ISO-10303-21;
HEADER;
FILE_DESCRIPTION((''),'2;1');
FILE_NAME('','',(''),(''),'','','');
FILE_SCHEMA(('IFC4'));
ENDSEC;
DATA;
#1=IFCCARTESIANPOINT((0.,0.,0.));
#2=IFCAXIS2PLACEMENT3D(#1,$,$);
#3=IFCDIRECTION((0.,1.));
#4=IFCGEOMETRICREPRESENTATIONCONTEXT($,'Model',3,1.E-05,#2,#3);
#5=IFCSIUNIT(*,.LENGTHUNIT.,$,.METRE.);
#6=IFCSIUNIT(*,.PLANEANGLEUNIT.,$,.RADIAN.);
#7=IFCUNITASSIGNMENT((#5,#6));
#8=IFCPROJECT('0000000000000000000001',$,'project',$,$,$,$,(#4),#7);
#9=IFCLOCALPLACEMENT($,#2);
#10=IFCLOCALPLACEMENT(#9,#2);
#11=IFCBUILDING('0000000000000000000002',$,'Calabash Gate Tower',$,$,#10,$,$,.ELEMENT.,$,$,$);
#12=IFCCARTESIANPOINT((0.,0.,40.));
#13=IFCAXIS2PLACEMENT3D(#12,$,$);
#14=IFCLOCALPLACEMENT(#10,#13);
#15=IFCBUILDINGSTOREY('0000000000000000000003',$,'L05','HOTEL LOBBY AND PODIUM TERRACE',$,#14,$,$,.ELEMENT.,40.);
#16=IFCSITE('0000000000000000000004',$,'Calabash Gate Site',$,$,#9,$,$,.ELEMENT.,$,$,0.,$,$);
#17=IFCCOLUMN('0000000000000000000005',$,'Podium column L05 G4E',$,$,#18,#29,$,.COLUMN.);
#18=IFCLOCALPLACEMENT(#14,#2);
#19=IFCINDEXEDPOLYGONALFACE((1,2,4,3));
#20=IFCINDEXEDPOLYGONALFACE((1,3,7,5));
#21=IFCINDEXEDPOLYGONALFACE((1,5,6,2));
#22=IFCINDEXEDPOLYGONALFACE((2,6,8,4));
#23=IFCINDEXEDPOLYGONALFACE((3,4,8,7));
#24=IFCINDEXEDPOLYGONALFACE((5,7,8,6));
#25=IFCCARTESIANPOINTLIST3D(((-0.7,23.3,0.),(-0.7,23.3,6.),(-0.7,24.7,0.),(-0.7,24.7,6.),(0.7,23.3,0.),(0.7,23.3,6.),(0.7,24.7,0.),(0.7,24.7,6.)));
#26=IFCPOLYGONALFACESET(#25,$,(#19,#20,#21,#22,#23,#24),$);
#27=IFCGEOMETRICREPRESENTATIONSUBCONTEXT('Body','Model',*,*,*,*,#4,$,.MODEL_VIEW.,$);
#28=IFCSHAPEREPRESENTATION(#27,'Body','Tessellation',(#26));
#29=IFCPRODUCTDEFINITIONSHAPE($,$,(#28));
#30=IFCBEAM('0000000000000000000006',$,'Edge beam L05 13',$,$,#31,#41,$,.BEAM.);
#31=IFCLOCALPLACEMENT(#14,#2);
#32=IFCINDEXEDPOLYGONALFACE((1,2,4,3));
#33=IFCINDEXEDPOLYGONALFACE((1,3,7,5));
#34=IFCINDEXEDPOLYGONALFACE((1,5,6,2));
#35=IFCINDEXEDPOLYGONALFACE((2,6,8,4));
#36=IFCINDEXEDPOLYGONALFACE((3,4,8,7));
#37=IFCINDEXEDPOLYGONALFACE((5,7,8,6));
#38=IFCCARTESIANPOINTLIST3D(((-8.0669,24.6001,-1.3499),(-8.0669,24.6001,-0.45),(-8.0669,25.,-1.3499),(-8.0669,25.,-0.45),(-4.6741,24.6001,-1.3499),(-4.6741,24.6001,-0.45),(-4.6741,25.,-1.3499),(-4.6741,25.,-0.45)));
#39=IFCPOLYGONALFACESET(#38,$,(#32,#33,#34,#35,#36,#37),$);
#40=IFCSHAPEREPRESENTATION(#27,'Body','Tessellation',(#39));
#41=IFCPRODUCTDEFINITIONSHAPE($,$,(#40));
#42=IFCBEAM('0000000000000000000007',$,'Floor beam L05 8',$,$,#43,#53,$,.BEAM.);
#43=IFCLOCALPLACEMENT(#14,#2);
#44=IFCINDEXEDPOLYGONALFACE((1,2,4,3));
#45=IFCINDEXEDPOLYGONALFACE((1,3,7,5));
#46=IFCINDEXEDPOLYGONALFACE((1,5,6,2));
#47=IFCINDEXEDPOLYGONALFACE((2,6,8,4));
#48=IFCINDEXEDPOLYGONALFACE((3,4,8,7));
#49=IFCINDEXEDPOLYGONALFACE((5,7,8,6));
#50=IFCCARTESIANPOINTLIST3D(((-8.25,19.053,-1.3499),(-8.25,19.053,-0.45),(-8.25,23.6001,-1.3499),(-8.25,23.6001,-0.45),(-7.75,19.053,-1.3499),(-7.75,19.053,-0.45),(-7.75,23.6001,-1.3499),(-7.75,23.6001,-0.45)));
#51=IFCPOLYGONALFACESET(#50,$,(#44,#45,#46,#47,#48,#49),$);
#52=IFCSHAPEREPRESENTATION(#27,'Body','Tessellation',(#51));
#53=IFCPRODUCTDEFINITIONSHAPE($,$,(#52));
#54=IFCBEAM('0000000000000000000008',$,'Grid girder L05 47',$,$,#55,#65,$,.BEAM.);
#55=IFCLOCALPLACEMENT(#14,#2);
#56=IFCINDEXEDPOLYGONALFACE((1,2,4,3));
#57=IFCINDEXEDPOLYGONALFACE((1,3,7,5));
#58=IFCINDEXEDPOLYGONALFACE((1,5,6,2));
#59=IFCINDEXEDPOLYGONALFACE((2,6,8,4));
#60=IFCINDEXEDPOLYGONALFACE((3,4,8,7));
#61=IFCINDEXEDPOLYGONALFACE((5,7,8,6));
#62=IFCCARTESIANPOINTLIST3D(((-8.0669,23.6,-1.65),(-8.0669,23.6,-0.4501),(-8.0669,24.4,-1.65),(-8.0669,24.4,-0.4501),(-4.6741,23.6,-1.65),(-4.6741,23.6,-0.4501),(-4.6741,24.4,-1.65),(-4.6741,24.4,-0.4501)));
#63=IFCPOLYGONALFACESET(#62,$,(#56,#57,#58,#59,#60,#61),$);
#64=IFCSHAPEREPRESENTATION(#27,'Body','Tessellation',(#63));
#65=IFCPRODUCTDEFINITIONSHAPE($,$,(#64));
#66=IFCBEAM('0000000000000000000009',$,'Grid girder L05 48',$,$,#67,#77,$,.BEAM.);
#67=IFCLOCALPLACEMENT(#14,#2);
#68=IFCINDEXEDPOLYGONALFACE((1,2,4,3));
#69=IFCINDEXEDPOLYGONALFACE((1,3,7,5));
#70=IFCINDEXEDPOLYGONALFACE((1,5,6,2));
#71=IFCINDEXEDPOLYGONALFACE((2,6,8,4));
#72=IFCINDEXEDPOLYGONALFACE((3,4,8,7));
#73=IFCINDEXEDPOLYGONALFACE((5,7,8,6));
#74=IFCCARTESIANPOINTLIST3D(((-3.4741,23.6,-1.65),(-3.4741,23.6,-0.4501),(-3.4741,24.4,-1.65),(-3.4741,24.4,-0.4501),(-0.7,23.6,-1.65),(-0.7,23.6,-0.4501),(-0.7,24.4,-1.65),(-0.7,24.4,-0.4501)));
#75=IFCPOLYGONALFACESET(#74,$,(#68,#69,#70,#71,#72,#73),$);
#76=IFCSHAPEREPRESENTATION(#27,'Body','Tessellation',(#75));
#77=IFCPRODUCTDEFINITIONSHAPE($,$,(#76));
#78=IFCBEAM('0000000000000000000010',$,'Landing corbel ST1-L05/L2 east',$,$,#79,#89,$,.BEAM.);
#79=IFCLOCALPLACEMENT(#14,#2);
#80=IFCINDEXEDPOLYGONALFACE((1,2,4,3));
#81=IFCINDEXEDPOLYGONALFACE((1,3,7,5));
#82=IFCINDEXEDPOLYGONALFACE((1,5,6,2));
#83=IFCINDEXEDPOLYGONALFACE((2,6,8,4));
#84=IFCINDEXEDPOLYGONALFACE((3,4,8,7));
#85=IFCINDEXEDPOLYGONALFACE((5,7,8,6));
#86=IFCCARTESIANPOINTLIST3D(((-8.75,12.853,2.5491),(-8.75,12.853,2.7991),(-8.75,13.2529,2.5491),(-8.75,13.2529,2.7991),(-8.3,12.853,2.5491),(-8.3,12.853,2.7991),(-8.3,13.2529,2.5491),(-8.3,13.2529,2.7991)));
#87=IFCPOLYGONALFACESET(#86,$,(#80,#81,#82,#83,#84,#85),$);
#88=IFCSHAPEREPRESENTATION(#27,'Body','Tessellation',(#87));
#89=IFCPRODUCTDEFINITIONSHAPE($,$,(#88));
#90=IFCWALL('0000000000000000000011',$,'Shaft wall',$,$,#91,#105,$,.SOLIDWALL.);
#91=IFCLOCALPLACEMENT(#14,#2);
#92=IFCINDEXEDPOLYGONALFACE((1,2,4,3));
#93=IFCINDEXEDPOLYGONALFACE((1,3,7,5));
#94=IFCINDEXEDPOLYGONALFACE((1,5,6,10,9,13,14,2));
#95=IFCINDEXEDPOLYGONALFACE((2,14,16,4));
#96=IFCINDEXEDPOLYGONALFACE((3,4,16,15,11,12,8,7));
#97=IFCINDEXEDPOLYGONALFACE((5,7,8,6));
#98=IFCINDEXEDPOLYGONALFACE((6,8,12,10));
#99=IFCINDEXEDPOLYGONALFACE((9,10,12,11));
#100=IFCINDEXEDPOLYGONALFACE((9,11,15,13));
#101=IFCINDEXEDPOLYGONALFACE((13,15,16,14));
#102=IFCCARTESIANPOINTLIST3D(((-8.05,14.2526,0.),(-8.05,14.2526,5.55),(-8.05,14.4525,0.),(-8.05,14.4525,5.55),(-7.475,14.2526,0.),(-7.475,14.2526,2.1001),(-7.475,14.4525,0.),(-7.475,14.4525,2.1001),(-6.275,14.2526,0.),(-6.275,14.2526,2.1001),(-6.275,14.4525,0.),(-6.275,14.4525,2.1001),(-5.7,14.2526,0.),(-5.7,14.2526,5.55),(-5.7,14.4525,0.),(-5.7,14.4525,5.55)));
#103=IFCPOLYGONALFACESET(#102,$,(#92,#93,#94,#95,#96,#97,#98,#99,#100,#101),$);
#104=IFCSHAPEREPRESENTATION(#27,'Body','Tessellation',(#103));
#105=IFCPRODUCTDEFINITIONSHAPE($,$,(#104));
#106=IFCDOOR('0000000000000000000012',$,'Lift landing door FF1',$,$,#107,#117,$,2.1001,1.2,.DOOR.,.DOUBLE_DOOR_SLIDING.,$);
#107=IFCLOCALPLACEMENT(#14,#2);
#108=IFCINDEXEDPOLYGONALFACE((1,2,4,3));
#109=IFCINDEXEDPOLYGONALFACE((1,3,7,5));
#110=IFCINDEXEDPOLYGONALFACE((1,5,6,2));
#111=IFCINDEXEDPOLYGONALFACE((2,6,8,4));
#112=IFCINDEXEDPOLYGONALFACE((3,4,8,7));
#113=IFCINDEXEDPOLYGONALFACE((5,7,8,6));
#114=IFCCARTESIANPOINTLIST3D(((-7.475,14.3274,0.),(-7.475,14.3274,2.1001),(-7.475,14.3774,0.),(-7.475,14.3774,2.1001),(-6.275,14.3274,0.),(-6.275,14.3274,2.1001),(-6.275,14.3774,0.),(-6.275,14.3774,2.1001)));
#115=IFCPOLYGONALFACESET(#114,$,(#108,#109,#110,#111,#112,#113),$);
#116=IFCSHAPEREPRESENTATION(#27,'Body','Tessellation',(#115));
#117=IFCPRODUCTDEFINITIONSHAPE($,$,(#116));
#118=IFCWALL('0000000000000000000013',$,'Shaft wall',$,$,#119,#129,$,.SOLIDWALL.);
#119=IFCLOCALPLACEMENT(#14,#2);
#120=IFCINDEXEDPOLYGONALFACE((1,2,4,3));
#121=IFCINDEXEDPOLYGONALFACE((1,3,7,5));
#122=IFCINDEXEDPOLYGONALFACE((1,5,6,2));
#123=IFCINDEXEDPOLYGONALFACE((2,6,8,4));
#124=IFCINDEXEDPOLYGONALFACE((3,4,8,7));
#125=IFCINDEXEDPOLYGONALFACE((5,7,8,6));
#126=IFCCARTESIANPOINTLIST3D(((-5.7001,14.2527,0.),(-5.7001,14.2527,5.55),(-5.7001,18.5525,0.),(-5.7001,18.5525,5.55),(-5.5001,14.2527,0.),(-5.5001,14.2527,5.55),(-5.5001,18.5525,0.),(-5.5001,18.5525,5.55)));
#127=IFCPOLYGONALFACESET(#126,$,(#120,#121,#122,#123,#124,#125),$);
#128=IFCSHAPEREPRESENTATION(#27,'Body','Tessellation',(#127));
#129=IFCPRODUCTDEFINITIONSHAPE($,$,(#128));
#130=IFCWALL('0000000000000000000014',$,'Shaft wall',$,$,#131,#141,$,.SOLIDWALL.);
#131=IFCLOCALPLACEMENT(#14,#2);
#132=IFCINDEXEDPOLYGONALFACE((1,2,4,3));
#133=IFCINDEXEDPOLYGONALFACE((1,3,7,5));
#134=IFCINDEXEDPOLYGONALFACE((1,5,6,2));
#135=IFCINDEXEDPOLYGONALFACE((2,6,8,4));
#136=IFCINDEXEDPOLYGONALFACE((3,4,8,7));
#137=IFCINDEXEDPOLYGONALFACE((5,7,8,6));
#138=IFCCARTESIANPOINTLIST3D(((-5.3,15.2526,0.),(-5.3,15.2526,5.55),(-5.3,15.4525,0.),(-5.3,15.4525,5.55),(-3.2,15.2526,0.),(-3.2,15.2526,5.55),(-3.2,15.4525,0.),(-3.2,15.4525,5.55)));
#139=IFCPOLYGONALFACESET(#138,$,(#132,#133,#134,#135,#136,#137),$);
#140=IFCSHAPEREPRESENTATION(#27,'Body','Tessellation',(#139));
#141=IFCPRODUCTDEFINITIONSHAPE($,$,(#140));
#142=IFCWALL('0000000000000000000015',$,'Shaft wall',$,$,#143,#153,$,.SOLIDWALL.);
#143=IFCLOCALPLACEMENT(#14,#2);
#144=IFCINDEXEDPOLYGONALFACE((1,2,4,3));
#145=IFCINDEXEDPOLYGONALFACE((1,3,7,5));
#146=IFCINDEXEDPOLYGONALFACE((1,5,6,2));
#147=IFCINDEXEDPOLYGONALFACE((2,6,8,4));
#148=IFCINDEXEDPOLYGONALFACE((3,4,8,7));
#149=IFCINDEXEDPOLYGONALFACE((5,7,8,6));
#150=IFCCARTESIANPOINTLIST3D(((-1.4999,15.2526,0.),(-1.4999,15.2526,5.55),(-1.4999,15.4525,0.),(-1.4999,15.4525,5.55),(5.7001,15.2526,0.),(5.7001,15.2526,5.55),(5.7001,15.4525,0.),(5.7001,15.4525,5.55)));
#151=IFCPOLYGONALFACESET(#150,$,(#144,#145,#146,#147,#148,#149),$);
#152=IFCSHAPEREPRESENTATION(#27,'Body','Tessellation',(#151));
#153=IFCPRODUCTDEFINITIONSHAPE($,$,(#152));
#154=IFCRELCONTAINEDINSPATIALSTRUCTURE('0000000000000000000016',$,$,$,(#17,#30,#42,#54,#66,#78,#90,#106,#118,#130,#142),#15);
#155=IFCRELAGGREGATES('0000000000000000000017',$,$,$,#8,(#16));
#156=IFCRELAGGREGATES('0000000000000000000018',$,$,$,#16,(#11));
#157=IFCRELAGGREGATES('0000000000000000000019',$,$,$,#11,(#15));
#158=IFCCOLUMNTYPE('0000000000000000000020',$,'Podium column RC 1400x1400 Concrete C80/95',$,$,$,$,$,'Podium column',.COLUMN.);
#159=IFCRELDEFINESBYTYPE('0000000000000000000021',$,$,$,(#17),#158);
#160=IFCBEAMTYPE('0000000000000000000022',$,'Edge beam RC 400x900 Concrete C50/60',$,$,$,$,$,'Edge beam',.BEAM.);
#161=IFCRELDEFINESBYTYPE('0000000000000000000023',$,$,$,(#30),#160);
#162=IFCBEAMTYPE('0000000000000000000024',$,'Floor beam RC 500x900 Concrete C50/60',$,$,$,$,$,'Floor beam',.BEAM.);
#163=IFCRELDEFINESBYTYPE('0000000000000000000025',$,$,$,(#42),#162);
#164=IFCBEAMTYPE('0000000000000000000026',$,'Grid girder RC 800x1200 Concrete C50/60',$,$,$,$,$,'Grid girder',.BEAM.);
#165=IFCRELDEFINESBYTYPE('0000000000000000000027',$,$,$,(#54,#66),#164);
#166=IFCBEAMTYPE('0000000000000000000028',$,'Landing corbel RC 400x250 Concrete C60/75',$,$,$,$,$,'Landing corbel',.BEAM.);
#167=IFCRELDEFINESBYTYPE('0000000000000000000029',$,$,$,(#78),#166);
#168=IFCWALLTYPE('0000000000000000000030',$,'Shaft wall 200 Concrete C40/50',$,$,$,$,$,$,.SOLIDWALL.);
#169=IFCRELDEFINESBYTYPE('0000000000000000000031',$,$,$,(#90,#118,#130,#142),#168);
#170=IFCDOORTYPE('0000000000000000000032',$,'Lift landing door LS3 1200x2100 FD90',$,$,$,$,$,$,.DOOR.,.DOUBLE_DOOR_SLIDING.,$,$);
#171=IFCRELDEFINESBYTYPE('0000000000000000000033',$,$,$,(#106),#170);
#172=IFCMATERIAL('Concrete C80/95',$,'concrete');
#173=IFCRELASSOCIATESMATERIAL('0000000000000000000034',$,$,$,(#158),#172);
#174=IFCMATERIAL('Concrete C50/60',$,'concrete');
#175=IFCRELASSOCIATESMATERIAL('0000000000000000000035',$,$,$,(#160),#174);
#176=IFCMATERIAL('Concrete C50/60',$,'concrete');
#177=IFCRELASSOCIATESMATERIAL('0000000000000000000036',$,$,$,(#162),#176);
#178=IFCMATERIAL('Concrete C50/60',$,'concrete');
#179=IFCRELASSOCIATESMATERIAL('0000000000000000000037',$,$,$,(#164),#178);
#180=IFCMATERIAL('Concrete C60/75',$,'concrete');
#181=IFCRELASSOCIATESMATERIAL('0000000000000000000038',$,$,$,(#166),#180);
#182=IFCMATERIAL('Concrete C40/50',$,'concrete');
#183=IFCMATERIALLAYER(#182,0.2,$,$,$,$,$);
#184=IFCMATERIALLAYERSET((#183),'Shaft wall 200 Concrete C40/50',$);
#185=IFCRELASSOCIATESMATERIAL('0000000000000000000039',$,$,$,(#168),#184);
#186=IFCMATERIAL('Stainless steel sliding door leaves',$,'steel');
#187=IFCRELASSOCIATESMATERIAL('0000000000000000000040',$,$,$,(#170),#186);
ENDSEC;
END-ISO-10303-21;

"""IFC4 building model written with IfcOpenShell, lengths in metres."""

from ifc_helpers import new_model, si_unit, direction, frame, frame_2d, origin, origin_2d, place, context, subcontext, project, spatial, rectangle, extrude, material, layer, layer_set, material_profile, profile_set, type_object, element, fill, save


model = new_model("IFC4")

# Units and contexts
model_context = context("Model", 3, precision=1e-05, world=origin(), true_north=direction((0.0, 1.0)))
body_context = subcontext(model_context, "Body", "Model", "MODEL_VIEW")
ifc_project = project(units=[si_unit("LENGTHUNIT", "METRE"), si_unit("PLANEANGLEUNIT", "RADIAN")], contexts=[model_context])

# Site, building, storey
site_placement = place(None, origin())
site = spatial("IfcSite", under=ifc_project, at=site_placement, Name="Calabash Gate Site", CompositionType="ELEMENT", RefElevation=0.0)
building_placement = place(site_placement, origin())
building = spatial("IfcBuilding", under=site, at=building_placement, Name="Calabash Gate Tower", CompositionType="ELEMENT")
storey_placement = place(building_placement, frame((0.0, 0.0, 40.0)))
storey = spatial("IfcBuildingStorey", under=building, at=storey_placement, Name="L05", Description="HOTEL LOBBY AND PODIUM TERRACE", CompositionType="ELEMENT", Elevation=40.0)

# Column
ifc_material_1 = material(Name="Concrete C80/95", Category="concrete")
ifc_material_profile_1 = material_profile(ifc_material_1, rectangle(XDim=1.3999, YDim=1.3999, at=origin_2d()))
ifc_profile_set_1 = profile_set([ifc_material_profile_1], Name="Concrete C80/95")
column_type = type_object("IfcColumnType", Name="Podium column RC 1400x1400 Concrete C80/95", ElementType="Podium column", PredefinedType="COLUMN", material=ifc_profile_set_1)
column_placement = place(storey_placement, frame((0.0, 24.0, 0.0), z_axis=(0.0, 0.0, 1.0), x_axis=(1.0, 0.0, 0.0)))
element("IfcColumn", 1, at=column_placement, inside=storey, type_object=column_type, Name="Podium column L05 G4E", PredefinedType="COLUMN", context=body_context, shape_type="SweptSolid", body=[
    extrude(rectangle(XDim=1.3999, YDim=1.3999, at=origin_2d()), origin(), (0.0, 0.0, 1.0), 6.0),
])

# Beams
ifc_material_2 = material(Name="Concrete C50/60", Category="concrete")
ifc_material_profile_2 = material_profile(ifc_material_2, rectangle(XDim=0.3999, YDim=0.8999, at=origin_2d()))
ifc_profile_set_2 = profile_set([ifc_material_profile_2], Name="Concrete C50/60")
beam_type_1 = type_object("IfcBeamType", Name="Edge beam RC 400x900 Concrete C50/60", ElementType="Edge beam", PredefinedType="BEAM", material=ifc_profile_set_2)
beam_1_placement = place(storey_placement, frame((-8.0669, 24.8, -0.8999), z_axis=(1.0, 0.0, 0.0), x_axis=(0.0, 1.0, 0.0)))
element("IfcBeam", 2, at=beam_1_placement, inside=storey, type_object=beam_type_1, Name="Edge beam L05 13", PredefinedType="BEAM", context=body_context, shape_type="SweptSolid", body=[
    extrude(rectangle(XDim=0.3999, YDim=0.8999, at=origin_2d()), origin(), (0.0, 0.0, 1.0), 3.3928),
])
ifc_material_3 = material(Name="Concrete C50/60", Category="concrete")
ifc_material_profile_3 = material_profile(ifc_material_3, rectangle(XDim=0.5, YDim=0.8999, at=origin_2d()))
ifc_profile_set_3 = profile_set([ifc_material_profile_3], Name="Concrete C50/60")
beam_type_2 = type_object("IfcBeamType", Name="Floor beam RC 500x900 Concrete C50/60", ElementType="Floor beam", PredefinedType="BEAM", material=ifc_profile_set_3)
beam_2_placement = place(storey_placement, frame((-8.0, 19.053, -0.8999), z_axis=(0.0, 1.0, 0.0), x_axis=(-1.0, 0.0, 0.0)))
element("IfcBeam", 3, at=beam_2_placement, inside=storey, type_object=beam_type_2, Name="Floor beam L05 8", PredefinedType="BEAM", context=body_context, shape_type="SweptSolid", body=[
    extrude(rectangle(XDim=0.5, YDim=0.8999, at=origin_2d()), origin(), (0.0, 0.0, 1.0), 4.5471),
])
ifc_material_4 = material(Name="Concrete C50/60", Category="concrete")
ifc_material_profile_4 = material_profile(ifc_material_4, rectangle(XDim=0.8, YDim=1.2, at=origin_2d()))
ifc_profile_set_4 = profile_set([ifc_material_profile_4], Name="Concrete C50/60")
beam_type_3 = type_object("IfcBeamType", Name="Grid girder RC 800x1200 Concrete C50/60", ElementType="Grid girder", PredefinedType="BEAM", material=ifc_profile_set_4)
beam_3_placement = place(storey_placement, frame((-8.0669, 24.0, -1.05), z_axis=(1.0, 0.0, 0.0), x_axis=(0.0, 1.0, 0.0)))
element("IfcBeam", 4, at=beam_3_placement, inside=storey, type_object=beam_type_3, Name="Grid girder L05 47", PredefinedType="BEAM", context=body_context, shape_type="SweptSolid", body=[
    extrude(rectangle(XDim=0.8, YDim=1.2, at=origin_2d()), origin(), (0.0, 0.0, 1.0), 3.3928),
])
beam_4_placement = place(storey_placement, frame((-3.4741, 24.0, -1.05), z_axis=(1.0, 0.0, 0.0), x_axis=(0.0, 1.0, 0.0)))
element("IfcBeam", 5, at=beam_4_placement, inside=storey, type_object=beam_type_3, Name="Grid girder L05 48", PredefinedType="BEAM", context=body_context, shape_type="SweptSolid", body=[
    extrude(rectangle(XDim=0.8, YDim=1.2, at=origin_2d()), origin(), (0.0, 0.0, 1.0), 2.7742),
])
ifc_material_5 = material(Name="Concrete C60/75", Category="concrete")
ifc_material_profile_5 = material_profile(ifc_material_5, rectangle(XDim=0.3999, YDim=0.25, at=origin_2d()))
ifc_profile_set_5 = profile_set([ifc_material_profile_5], Name="Concrete C60/75")
beam_type_4 = type_object("IfcBeamType", Name="Landing corbel RC 400x250 Concrete C60/75", ElementType="Landing corbel", PredefinedType="BEAM", material=ifc_profile_set_5)
beam_5_placement = place(storey_placement, frame((-8.3, 13.053, 2.6741), z_axis=(-1.0, 0.0, 0.0), x_axis=(0.0, -1.0, 0.0)))
element("IfcBeam", 6, at=beam_5_placement, inside=storey, type_object=beam_type_4, Name="Landing corbel ST1-L05/L2 east", PredefinedType="BEAM", context=body_context, shape_type="SweptSolid", body=[
    extrude(rectangle(XDim=0.3999, YDim=0.25, at=origin_2d()), origin(), (0.0, 0.0, 1.0), 0.45),
])

# Wall, opening, door
ifc_material_6 = material(Name="Concrete C40/50", Category="concrete")
ifc_layer = layer(ifc_material_6, 0.2)
ifc_layer_set = layer_set([ifc_layer], Name="Shaft wall 200 Concrete C40/50")
wall_type = type_object("IfcWallType", Name="Shaft wall 200 Concrete C40/50", PredefinedType="SOLIDWALL", material=ifc_layer_set)
wall_1_placement = place(storey_placement, frame((-8.05, 14.3525, 0.0), z_axis=(0.0, 0.0, 1.0), x_axis=(1.0, 0.0, 0.0)))
wall_1 = element("IfcWall", 7, at=wall_1_placement, inside=storey, type_object=wall_type, Name="Shaft wall", PredefinedType="SOLIDWALL", context=body_context, shape_type="SweptSolid", body=[
    extrude(rectangle(XDim=2.3501, YDim=0.2, at=frame_2d((1.175, 0.0))), origin(), (0.0, 0.0, 1.0), 5.55),
])
opening_1_placement = place(wall_1_placement, frame((0.575, 0.0, 0.0)))
opening_1 = element("IfcOpeningElement", 8, at=opening_1_placement, cuts=wall_1, PredefinedType="OPENING", context=body_context, shape_type="SweptSolid", body=[
    extrude(rectangle(XDim=1.2, YDim=2.1001, at=frame_2d((0.6001, 1.05))), frame((0.0, 0.1099, 0.0), z_axis=(0.0, -1.0, 0.0), x_axis=(1.0, 0.0, 0.0)), (0.0, 0.0, 1.0), 0.22),
])
ifc_material_7 = material(Name="Stainless steel sliding door leaves", Category="steel")
door_type_1 = type_object("IfcDoorType", Name="Lift landing door LS3 1200x2100 FD90", OperationType="DOUBLE_DOOR_SLIDING", PredefinedType="DOOR", material=ifc_material_7)
door_1_placement = place(opening_1_placement, origin())
door_1 = element("IfcDoor", 9, at=door_1_placement, inside=storey, type_object=door_type_1, Name="Lift landing door FF1", OperationType="DOUBLE_DOOR_SLIDING", OverallHeight=2.1001, OverallWidth=1.2, PredefinedType="DOOR", context=body_context, shape_type="SweptSolid", body=[
    extrude(rectangle(XDim=1.2, YDim=2.1001, at=frame_2d((0.6001, 1.05))), frame((0.0, 0.0249, 0.0), z_axis=(0.0, -1.0, 0.0), x_axis=(1.0, 0.0, 0.0)), (0.0, 0.0, 1.0), 0.05),
])
fill(opening_1, door_1)

# Walls
wall_2_placement = place(storey_placement, frame((-5.6001, 14.2527, 0.0), z_axis=(0.0, 0.0, 1.0), x_axis=(0.0, 1.0, 0.0)))
element("IfcWall", 10, at=wall_2_placement, inside=storey, type_object=wall_type, Name="Shaft wall", PredefinedType="SOLIDWALL", context=body_context, shape_type="SweptSolid", body=[
    extrude(rectangle(XDim=4.2998, YDim=0.2, at=frame_2d((2.1499, 0.0))), origin(), (0.0, 0.0, 1.0), 5.55),
])
wall_3_placement = place(storey_placement, frame((-5.3, 15.3525, 0.0), z_axis=(0.0, 0.0, 1.0), x_axis=(1.0, 0.0, 0.0)))
element("IfcWall", 11, at=wall_3_placement, inside=storey, type_object=wall_type, Name="Shaft wall", PredefinedType="SOLIDWALL", context=body_context, shape_type="SweptSolid", body=[
    extrude(rectangle(XDim=2.1001, YDim=0.2, at=frame_2d((1.05, 0.0))), origin(), (0.0, 0.0, 1.0), 5.55),
])
wall_4_placement = place(storey_placement, frame((-1.5, 15.3525, 0.0), z_axis=(0.0, 0.0, 1.0), x_axis=(1.0, 0.0, 0.0)))
element("IfcWall", 12, at=wall_4_placement, inside=storey, type_object=wall_type, Name="Shaft wall", PredefinedType="SOLIDWALL", context=body_context, shape_type="SweptSolid", body=[
    extrude(rectangle(XDim=7.2, YDim=0.2, at=frame_2d((3.6001, 0.0))), origin(), (0.0, 0.0, 1.0), 5.55),
])

save(model, "model.ifc")
